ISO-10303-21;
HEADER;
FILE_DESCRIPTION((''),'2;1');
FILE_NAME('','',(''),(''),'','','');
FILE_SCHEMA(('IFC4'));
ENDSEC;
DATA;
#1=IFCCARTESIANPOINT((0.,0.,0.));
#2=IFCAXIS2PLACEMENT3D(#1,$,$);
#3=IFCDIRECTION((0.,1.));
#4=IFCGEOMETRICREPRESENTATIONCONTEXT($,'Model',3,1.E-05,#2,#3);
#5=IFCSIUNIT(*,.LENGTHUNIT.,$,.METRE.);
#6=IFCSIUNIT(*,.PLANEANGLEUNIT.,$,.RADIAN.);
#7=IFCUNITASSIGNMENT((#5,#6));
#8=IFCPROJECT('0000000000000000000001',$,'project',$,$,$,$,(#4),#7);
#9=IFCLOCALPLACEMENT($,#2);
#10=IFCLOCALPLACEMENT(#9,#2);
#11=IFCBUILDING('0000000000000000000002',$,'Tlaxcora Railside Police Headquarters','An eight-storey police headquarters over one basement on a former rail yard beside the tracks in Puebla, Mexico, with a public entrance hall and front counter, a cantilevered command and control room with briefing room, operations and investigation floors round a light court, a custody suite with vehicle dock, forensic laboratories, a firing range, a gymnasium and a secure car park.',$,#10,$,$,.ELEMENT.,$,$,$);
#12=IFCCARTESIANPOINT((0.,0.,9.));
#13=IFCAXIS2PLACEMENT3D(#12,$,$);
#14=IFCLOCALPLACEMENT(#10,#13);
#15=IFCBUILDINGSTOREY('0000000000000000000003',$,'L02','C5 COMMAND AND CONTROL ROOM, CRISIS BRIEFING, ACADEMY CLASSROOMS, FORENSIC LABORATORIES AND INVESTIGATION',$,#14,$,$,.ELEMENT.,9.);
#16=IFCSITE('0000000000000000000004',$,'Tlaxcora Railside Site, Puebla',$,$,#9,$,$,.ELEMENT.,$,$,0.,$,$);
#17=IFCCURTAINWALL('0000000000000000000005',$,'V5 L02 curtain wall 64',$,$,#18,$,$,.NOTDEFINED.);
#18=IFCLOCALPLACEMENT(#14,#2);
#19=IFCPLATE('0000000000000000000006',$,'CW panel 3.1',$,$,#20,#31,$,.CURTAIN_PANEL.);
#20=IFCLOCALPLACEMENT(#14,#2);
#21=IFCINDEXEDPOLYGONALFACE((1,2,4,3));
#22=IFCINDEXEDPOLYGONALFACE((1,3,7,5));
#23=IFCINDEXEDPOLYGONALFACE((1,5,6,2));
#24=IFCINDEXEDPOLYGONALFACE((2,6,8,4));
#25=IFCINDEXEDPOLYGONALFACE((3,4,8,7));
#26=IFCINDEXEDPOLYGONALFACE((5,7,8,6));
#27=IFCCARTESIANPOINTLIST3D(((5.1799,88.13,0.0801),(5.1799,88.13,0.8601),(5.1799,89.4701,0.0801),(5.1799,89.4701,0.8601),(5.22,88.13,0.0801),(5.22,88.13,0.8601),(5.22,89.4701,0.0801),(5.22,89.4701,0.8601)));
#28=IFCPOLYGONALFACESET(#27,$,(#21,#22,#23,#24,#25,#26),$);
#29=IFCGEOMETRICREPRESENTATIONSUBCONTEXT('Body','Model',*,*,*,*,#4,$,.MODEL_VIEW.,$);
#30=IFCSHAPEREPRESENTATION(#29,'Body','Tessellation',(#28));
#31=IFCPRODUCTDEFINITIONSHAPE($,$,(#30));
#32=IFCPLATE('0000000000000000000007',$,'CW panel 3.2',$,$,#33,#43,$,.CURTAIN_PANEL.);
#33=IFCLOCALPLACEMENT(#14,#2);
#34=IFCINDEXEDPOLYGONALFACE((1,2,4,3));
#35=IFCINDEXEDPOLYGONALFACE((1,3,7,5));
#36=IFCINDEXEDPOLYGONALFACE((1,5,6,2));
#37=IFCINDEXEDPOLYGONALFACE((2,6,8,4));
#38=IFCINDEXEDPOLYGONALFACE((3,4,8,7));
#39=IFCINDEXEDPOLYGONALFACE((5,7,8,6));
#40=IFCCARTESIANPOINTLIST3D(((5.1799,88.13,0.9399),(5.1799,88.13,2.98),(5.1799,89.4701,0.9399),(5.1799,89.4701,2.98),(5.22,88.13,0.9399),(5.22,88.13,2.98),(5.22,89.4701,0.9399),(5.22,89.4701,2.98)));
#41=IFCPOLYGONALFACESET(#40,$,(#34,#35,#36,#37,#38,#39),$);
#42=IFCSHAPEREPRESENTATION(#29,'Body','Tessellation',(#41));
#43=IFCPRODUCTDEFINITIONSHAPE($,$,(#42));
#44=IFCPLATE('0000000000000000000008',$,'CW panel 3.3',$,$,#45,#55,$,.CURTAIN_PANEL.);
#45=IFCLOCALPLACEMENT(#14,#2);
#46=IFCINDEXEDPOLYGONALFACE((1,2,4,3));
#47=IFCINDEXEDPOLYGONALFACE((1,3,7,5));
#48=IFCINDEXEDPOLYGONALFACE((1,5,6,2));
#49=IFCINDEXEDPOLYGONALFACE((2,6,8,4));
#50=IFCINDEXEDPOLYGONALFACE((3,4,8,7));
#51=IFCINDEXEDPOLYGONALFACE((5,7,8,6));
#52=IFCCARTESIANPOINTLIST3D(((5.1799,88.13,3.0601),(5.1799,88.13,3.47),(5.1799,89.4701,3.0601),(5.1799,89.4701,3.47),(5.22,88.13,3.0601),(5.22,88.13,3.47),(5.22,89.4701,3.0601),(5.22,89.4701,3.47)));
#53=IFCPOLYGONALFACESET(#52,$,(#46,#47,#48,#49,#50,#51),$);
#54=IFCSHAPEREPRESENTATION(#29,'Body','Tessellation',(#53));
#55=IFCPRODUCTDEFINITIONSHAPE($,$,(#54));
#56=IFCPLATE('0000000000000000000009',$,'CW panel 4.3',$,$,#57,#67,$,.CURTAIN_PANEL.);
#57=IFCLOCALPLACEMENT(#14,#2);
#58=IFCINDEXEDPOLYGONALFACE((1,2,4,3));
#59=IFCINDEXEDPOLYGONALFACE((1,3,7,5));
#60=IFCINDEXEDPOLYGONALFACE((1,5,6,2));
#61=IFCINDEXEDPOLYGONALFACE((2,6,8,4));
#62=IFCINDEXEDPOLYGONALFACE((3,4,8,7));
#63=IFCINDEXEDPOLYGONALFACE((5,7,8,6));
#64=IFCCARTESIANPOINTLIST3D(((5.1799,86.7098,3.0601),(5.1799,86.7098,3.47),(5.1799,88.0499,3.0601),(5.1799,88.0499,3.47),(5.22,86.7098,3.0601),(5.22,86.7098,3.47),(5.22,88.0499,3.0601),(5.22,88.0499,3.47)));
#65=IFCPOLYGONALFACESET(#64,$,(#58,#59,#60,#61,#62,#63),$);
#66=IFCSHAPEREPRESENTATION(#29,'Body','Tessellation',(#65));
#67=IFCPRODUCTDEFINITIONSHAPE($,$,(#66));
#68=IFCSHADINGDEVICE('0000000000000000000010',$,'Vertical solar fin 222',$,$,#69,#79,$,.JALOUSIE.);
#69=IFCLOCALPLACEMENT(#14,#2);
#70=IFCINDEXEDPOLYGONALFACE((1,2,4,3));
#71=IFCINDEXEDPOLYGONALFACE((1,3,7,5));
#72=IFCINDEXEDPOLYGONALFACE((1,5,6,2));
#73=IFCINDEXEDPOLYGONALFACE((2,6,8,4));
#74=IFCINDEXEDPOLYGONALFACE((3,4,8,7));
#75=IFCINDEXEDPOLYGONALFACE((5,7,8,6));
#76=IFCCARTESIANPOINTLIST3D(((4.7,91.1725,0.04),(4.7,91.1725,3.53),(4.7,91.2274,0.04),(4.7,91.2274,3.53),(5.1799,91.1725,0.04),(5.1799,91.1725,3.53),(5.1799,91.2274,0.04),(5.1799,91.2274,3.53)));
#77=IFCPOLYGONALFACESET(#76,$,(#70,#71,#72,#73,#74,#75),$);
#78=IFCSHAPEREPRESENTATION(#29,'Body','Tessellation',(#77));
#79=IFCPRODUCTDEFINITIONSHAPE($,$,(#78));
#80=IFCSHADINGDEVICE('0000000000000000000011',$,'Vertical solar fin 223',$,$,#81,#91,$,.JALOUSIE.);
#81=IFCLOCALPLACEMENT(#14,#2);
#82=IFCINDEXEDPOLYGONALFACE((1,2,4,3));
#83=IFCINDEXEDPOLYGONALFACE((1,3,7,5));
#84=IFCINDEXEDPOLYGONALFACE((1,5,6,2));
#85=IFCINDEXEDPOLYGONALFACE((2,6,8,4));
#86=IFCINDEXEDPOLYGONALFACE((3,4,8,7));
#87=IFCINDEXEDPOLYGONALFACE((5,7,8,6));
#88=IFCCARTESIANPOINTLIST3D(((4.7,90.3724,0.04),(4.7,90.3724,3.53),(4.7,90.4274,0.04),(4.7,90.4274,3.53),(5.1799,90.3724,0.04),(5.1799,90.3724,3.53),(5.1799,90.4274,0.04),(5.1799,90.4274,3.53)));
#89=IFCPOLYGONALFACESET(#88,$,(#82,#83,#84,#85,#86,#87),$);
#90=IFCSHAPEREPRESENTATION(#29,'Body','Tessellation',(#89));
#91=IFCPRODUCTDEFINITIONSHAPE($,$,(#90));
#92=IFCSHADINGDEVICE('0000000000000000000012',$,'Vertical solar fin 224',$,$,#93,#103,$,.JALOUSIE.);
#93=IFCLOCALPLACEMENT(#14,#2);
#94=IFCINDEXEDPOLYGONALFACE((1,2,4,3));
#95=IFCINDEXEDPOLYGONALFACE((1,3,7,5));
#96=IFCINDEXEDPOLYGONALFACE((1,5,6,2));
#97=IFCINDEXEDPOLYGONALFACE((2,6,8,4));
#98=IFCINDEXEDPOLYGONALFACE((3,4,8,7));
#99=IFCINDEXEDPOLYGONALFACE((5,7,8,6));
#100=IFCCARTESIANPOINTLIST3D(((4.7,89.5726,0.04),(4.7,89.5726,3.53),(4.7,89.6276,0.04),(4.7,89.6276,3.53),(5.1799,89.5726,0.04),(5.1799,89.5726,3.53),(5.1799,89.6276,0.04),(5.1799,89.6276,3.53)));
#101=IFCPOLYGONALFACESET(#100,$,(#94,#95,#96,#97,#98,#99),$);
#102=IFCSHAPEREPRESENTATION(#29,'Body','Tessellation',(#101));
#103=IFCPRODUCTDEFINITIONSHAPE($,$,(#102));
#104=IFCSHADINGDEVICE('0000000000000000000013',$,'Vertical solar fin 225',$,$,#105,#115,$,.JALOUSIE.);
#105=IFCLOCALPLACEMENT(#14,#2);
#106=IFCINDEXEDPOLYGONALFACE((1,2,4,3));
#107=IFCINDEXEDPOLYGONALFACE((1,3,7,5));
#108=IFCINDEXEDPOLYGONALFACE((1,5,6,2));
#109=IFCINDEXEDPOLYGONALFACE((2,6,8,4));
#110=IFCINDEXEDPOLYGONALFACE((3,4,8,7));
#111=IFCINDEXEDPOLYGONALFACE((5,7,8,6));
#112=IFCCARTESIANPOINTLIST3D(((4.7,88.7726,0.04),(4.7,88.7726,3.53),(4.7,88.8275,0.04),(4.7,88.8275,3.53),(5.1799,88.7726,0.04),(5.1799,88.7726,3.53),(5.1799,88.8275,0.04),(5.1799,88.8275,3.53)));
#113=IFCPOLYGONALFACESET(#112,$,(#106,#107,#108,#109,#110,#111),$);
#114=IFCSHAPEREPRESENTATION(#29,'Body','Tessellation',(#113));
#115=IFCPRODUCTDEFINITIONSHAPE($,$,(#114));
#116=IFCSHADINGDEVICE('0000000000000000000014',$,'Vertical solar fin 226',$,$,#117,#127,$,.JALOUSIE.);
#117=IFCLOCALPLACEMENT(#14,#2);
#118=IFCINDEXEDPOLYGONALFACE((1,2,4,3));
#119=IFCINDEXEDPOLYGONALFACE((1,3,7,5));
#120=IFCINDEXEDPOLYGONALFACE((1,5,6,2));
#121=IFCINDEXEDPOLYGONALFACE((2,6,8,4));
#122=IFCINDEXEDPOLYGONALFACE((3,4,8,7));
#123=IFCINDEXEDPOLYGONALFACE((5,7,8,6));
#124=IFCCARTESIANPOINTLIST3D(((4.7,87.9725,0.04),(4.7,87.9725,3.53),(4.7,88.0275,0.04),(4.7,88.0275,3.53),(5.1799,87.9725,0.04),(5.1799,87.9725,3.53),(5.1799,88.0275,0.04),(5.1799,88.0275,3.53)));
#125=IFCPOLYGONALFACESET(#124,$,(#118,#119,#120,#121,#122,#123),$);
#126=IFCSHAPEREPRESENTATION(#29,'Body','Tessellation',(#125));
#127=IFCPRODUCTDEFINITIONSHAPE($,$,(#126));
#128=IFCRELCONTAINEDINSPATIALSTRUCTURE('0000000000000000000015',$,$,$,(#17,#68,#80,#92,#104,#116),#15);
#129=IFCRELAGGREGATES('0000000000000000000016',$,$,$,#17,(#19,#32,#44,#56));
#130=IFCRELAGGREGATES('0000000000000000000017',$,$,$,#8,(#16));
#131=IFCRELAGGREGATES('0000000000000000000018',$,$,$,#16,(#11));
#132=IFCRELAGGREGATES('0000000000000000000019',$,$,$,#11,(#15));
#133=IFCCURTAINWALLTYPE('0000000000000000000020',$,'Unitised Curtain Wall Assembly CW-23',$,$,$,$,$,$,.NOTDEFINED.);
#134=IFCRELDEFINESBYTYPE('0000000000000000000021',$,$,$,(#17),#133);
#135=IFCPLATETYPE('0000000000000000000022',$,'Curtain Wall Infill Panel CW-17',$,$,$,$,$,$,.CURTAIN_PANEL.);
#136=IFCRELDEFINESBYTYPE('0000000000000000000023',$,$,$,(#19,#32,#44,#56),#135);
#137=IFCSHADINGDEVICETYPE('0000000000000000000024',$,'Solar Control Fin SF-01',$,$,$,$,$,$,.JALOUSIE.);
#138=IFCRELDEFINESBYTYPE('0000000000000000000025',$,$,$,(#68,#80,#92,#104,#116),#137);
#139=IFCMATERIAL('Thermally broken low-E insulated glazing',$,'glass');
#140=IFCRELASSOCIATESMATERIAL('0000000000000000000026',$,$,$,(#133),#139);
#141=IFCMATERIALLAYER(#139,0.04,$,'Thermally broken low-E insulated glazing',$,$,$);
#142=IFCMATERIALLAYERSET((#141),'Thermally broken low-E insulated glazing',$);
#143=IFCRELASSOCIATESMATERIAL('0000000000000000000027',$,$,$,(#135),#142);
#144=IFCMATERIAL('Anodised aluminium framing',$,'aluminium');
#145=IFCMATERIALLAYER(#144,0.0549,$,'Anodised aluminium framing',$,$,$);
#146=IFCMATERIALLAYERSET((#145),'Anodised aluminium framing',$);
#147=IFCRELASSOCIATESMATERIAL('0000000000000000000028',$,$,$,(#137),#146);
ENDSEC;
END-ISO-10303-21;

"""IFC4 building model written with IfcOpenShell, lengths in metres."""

from ifc_helpers import new_model, si_unit, direction, frame, origin, origin_2d, place, context, subcontext, project, spatial, rectangle, extrude, material, layer, layer_set, type_object, element, aggregate, save


model = new_model("IFC4")

# Units and contexts
model_context = context("Model", 3, precision=1e-05, world=origin(), true_north=direction((0.0, 1.0)))
body_context = subcontext(model_context, "Body", "Model", "MODEL_VIEW")
ifc_project = project(units=[si_unit("LENGTHUNIT", "METRE"), si_unit("PLANEANGLEUNIT", "RADIAN")], contexts=[model_context])

# Site, building, storey
site_placement = place(None, origin())
site = spatial("IfcSite", under=ifc_project, at=site_placement, Name="Tlaxcora Railside Site, Puebla", CompositionType="ELEMENT", RefElevation=0.0)
building_placement = place(site_placement, origin())
building = spatial("IfcBuilding", under=site, at=building_placement, Name="Tlaxcora Railside Police Headquarters", Description="An eight-storey police headquarters over one basement on a former rail yard beside the tracks in Puebla, Mexico, with a public entrance hall and front counter, a cantilevered command and control room with briefing room, operations and investigation floors round a light court, a custody suite with vehicle dock, forensic laboratories, a firing range, a gymnasium and a secure car park.", CompositionType="ELEMENT")
storey_placement = place(building_placement, frame((0.0, 0.0, 9.0)))
storey = spatial("IfcBuildingStorey", under=building, at=storey_placement, Name="L02", Description="C5 COMMAND AND CONTROL ROOM, CRISIS BRIEFING, ACADEMY CLASSROOMS, FORENSIC LABORATORIES AND INVESTIGATION", CompositionType="ELEMENT", Elevation=9.0)

# Curtain wall, plates
ifc_material_1 = material(Name="Thermally broken low-E insulated glazing", Category="glass")
curtain_wall_type = type_object("IfcCurtainWallType", Name="Unitised Curtain Wall Assembly CW-23", PredefinedType="NOTDEFINED", material=ifc_material_1)
curtain_wall_placement = place(storey_placement, origin())
curtain_wall = element("IfcCurtainWall", 1, at=curtain_wall_placement, inside=storey, type_object=curtain_wall_type, Name="V5 L02 curtain wall 64", PredefinedType="NOTDEFINED")
ifc_material_2 = material(Name="Anodised aluminium framing", Category="aluminium")
ifc_layer_1 = layer(ifc_material_1, 0.04, Name="Thermally broken low-E insulated glazing")
ifc_layer_set_1 = layer_set([ifc_layer_1], Name="Thermally broken low-E insulated glazing")
plate_type = type_object("IfcPlateType", Name="Curtain Wall Infill Panel CW-17", PredefinedType="CURTAIN_PANEL", material=ifc_layer_set_1)
plate_1_placement = place(storey_placement, frame((5.2, 88.8, 0.0801), z_axis=(0.0, 0.0, 1.0), x_axis=(0.0, -1.0, 0.0)))
plate_1 = element("IfcPlate", 2, at=plate_1_placement, type_object=plate_type, Name="CW panel 3.1", PredefinedType="CURTAIN_PANEL", context=body_context, shape_type="SweptSolid", body=[
    extrude(rectangle(XDim=1.3401, YDim=0.04, at=origin_2d()), origin(), (0.0, 0.0, 1.0), 0.78),
])
plate_2_placement = place(storey_placement, frame((5.2, 88.8, 0.9399), z_axis=(0.0, 0.0, 1.0), x_axis=(0.0, -1.0, 0.0)))
plate_2 = element("IfcPlate", 3, at=plate_2_placement, type_object=plate_type, Name="CW panel 3.2", PredefinedType="CURTAIN_PANEL", context=body_context, shape_type="SweptSolid", body=[
    extrude(rectangle(XDim=1.3401, YDim=0.04, at=origin_2d()), origin(), (0.0, 0.0, 1.0), 2.04),
])
plate_3_placement = place(storey_placement, frame((5.2, 88.8, 3.0601), z_axis=(0.0, 0.0, 1.0), x_axis=(0.0, -1.0, 0.0)))
plate_3 = element("IfcPlate", 4, at=plate_3_placement, type_object=plate_type, Name="CW panel 3.3", PredefinedType="CURTAIN_PANEL", context=body_context, shape_type="SweptSolid", body=[
    extrude(rectangle(XDim=1.3401, YDim=0.04, at=origin_2d()), origin(), (0.0, 0.0, 1.0), 0.4099),
])
plate_4_placement = place(storey_placement, frame((5.2, 87.3799, 3.0601), z_axis=(0.0, 0.0, 1.0), x_axis=(0.0, -1.0, 0.0)))
plate_4 = element("IfcPlate", 5, at=plate_4_placement, type_object=plate_type, Name="CW panel 4.3", PredefinedType="CURTAIN_PANEL", context=body_context, shape_type="SweptSolid", body=[
    extrude(rectangle(XDim=1.3401, YDim=0.04, at=origin_2d()), origin(), (0.0, 0.0, 1.0), 0.4099),
])
aggregate(curtain_wall, [plate_1, plate_2, plate_3, plate_4])

# Shading devices
ifc_layer_2 = layer(ifc_material_2, 0.0549, Name="Anodised aluminium framing")
ifc_layer_set_2 = layer_set([ifc_layer_2], Name="Anodised aluminium framing")
shading_device_type = type_object("IfcShadingDeviceType", Name="Solar Control Fin SF-01", PredefinedType="JALOUSIE", material=ifc_layer_set_2)
for number, where, z_axis, x_axis, name in (
    (6, (4.9399, 91.2, 0.04), (0.0, 0.0, 1.0), (-1.0, 0.0, 0.0), "Vertical solar fin 222"),
    (7, (4.9399, 90.3999, 0.04), (0.0, 0.0, 1.0), (-1.0, 0.0, 0.0), "Vertical solar fin 223"),
    (8, (4.9399, 89.6001, 0.04), (0.0, 0.0, 1.0), (-1.0, 0.0, 0.0), "Vertical solar fin 224"),
    (9, (4.9399, 88.8, 0.04), (0.0, 0.0, 1.0), (-1.0, 0.0, 0.0), "Vertical solar fin 225"),
    (10, (4.9399, 88.0, 0.04), (0.0, 0.0, 1.0), (-1.0, 0.0, 0.0), "Vertical solar fin 226"),
):
    element("IfcShadingDevice", number, at=place(storey_placement, frame(where, z_axis=z_axis, x_axis=x_axis)), inside=storey, type_object=shading_device_type, Name=name, PredefinedType="JALOUSIE", context=body_context, shape_type="SweptSolid", body=[
        extrude(rectangle(XDim=0.48, YDim=0.0549, at=origin_2d()), origin(), (0.0, 0.0, 1.0), 3.49),
    ])

save(model, "model.ifc")
